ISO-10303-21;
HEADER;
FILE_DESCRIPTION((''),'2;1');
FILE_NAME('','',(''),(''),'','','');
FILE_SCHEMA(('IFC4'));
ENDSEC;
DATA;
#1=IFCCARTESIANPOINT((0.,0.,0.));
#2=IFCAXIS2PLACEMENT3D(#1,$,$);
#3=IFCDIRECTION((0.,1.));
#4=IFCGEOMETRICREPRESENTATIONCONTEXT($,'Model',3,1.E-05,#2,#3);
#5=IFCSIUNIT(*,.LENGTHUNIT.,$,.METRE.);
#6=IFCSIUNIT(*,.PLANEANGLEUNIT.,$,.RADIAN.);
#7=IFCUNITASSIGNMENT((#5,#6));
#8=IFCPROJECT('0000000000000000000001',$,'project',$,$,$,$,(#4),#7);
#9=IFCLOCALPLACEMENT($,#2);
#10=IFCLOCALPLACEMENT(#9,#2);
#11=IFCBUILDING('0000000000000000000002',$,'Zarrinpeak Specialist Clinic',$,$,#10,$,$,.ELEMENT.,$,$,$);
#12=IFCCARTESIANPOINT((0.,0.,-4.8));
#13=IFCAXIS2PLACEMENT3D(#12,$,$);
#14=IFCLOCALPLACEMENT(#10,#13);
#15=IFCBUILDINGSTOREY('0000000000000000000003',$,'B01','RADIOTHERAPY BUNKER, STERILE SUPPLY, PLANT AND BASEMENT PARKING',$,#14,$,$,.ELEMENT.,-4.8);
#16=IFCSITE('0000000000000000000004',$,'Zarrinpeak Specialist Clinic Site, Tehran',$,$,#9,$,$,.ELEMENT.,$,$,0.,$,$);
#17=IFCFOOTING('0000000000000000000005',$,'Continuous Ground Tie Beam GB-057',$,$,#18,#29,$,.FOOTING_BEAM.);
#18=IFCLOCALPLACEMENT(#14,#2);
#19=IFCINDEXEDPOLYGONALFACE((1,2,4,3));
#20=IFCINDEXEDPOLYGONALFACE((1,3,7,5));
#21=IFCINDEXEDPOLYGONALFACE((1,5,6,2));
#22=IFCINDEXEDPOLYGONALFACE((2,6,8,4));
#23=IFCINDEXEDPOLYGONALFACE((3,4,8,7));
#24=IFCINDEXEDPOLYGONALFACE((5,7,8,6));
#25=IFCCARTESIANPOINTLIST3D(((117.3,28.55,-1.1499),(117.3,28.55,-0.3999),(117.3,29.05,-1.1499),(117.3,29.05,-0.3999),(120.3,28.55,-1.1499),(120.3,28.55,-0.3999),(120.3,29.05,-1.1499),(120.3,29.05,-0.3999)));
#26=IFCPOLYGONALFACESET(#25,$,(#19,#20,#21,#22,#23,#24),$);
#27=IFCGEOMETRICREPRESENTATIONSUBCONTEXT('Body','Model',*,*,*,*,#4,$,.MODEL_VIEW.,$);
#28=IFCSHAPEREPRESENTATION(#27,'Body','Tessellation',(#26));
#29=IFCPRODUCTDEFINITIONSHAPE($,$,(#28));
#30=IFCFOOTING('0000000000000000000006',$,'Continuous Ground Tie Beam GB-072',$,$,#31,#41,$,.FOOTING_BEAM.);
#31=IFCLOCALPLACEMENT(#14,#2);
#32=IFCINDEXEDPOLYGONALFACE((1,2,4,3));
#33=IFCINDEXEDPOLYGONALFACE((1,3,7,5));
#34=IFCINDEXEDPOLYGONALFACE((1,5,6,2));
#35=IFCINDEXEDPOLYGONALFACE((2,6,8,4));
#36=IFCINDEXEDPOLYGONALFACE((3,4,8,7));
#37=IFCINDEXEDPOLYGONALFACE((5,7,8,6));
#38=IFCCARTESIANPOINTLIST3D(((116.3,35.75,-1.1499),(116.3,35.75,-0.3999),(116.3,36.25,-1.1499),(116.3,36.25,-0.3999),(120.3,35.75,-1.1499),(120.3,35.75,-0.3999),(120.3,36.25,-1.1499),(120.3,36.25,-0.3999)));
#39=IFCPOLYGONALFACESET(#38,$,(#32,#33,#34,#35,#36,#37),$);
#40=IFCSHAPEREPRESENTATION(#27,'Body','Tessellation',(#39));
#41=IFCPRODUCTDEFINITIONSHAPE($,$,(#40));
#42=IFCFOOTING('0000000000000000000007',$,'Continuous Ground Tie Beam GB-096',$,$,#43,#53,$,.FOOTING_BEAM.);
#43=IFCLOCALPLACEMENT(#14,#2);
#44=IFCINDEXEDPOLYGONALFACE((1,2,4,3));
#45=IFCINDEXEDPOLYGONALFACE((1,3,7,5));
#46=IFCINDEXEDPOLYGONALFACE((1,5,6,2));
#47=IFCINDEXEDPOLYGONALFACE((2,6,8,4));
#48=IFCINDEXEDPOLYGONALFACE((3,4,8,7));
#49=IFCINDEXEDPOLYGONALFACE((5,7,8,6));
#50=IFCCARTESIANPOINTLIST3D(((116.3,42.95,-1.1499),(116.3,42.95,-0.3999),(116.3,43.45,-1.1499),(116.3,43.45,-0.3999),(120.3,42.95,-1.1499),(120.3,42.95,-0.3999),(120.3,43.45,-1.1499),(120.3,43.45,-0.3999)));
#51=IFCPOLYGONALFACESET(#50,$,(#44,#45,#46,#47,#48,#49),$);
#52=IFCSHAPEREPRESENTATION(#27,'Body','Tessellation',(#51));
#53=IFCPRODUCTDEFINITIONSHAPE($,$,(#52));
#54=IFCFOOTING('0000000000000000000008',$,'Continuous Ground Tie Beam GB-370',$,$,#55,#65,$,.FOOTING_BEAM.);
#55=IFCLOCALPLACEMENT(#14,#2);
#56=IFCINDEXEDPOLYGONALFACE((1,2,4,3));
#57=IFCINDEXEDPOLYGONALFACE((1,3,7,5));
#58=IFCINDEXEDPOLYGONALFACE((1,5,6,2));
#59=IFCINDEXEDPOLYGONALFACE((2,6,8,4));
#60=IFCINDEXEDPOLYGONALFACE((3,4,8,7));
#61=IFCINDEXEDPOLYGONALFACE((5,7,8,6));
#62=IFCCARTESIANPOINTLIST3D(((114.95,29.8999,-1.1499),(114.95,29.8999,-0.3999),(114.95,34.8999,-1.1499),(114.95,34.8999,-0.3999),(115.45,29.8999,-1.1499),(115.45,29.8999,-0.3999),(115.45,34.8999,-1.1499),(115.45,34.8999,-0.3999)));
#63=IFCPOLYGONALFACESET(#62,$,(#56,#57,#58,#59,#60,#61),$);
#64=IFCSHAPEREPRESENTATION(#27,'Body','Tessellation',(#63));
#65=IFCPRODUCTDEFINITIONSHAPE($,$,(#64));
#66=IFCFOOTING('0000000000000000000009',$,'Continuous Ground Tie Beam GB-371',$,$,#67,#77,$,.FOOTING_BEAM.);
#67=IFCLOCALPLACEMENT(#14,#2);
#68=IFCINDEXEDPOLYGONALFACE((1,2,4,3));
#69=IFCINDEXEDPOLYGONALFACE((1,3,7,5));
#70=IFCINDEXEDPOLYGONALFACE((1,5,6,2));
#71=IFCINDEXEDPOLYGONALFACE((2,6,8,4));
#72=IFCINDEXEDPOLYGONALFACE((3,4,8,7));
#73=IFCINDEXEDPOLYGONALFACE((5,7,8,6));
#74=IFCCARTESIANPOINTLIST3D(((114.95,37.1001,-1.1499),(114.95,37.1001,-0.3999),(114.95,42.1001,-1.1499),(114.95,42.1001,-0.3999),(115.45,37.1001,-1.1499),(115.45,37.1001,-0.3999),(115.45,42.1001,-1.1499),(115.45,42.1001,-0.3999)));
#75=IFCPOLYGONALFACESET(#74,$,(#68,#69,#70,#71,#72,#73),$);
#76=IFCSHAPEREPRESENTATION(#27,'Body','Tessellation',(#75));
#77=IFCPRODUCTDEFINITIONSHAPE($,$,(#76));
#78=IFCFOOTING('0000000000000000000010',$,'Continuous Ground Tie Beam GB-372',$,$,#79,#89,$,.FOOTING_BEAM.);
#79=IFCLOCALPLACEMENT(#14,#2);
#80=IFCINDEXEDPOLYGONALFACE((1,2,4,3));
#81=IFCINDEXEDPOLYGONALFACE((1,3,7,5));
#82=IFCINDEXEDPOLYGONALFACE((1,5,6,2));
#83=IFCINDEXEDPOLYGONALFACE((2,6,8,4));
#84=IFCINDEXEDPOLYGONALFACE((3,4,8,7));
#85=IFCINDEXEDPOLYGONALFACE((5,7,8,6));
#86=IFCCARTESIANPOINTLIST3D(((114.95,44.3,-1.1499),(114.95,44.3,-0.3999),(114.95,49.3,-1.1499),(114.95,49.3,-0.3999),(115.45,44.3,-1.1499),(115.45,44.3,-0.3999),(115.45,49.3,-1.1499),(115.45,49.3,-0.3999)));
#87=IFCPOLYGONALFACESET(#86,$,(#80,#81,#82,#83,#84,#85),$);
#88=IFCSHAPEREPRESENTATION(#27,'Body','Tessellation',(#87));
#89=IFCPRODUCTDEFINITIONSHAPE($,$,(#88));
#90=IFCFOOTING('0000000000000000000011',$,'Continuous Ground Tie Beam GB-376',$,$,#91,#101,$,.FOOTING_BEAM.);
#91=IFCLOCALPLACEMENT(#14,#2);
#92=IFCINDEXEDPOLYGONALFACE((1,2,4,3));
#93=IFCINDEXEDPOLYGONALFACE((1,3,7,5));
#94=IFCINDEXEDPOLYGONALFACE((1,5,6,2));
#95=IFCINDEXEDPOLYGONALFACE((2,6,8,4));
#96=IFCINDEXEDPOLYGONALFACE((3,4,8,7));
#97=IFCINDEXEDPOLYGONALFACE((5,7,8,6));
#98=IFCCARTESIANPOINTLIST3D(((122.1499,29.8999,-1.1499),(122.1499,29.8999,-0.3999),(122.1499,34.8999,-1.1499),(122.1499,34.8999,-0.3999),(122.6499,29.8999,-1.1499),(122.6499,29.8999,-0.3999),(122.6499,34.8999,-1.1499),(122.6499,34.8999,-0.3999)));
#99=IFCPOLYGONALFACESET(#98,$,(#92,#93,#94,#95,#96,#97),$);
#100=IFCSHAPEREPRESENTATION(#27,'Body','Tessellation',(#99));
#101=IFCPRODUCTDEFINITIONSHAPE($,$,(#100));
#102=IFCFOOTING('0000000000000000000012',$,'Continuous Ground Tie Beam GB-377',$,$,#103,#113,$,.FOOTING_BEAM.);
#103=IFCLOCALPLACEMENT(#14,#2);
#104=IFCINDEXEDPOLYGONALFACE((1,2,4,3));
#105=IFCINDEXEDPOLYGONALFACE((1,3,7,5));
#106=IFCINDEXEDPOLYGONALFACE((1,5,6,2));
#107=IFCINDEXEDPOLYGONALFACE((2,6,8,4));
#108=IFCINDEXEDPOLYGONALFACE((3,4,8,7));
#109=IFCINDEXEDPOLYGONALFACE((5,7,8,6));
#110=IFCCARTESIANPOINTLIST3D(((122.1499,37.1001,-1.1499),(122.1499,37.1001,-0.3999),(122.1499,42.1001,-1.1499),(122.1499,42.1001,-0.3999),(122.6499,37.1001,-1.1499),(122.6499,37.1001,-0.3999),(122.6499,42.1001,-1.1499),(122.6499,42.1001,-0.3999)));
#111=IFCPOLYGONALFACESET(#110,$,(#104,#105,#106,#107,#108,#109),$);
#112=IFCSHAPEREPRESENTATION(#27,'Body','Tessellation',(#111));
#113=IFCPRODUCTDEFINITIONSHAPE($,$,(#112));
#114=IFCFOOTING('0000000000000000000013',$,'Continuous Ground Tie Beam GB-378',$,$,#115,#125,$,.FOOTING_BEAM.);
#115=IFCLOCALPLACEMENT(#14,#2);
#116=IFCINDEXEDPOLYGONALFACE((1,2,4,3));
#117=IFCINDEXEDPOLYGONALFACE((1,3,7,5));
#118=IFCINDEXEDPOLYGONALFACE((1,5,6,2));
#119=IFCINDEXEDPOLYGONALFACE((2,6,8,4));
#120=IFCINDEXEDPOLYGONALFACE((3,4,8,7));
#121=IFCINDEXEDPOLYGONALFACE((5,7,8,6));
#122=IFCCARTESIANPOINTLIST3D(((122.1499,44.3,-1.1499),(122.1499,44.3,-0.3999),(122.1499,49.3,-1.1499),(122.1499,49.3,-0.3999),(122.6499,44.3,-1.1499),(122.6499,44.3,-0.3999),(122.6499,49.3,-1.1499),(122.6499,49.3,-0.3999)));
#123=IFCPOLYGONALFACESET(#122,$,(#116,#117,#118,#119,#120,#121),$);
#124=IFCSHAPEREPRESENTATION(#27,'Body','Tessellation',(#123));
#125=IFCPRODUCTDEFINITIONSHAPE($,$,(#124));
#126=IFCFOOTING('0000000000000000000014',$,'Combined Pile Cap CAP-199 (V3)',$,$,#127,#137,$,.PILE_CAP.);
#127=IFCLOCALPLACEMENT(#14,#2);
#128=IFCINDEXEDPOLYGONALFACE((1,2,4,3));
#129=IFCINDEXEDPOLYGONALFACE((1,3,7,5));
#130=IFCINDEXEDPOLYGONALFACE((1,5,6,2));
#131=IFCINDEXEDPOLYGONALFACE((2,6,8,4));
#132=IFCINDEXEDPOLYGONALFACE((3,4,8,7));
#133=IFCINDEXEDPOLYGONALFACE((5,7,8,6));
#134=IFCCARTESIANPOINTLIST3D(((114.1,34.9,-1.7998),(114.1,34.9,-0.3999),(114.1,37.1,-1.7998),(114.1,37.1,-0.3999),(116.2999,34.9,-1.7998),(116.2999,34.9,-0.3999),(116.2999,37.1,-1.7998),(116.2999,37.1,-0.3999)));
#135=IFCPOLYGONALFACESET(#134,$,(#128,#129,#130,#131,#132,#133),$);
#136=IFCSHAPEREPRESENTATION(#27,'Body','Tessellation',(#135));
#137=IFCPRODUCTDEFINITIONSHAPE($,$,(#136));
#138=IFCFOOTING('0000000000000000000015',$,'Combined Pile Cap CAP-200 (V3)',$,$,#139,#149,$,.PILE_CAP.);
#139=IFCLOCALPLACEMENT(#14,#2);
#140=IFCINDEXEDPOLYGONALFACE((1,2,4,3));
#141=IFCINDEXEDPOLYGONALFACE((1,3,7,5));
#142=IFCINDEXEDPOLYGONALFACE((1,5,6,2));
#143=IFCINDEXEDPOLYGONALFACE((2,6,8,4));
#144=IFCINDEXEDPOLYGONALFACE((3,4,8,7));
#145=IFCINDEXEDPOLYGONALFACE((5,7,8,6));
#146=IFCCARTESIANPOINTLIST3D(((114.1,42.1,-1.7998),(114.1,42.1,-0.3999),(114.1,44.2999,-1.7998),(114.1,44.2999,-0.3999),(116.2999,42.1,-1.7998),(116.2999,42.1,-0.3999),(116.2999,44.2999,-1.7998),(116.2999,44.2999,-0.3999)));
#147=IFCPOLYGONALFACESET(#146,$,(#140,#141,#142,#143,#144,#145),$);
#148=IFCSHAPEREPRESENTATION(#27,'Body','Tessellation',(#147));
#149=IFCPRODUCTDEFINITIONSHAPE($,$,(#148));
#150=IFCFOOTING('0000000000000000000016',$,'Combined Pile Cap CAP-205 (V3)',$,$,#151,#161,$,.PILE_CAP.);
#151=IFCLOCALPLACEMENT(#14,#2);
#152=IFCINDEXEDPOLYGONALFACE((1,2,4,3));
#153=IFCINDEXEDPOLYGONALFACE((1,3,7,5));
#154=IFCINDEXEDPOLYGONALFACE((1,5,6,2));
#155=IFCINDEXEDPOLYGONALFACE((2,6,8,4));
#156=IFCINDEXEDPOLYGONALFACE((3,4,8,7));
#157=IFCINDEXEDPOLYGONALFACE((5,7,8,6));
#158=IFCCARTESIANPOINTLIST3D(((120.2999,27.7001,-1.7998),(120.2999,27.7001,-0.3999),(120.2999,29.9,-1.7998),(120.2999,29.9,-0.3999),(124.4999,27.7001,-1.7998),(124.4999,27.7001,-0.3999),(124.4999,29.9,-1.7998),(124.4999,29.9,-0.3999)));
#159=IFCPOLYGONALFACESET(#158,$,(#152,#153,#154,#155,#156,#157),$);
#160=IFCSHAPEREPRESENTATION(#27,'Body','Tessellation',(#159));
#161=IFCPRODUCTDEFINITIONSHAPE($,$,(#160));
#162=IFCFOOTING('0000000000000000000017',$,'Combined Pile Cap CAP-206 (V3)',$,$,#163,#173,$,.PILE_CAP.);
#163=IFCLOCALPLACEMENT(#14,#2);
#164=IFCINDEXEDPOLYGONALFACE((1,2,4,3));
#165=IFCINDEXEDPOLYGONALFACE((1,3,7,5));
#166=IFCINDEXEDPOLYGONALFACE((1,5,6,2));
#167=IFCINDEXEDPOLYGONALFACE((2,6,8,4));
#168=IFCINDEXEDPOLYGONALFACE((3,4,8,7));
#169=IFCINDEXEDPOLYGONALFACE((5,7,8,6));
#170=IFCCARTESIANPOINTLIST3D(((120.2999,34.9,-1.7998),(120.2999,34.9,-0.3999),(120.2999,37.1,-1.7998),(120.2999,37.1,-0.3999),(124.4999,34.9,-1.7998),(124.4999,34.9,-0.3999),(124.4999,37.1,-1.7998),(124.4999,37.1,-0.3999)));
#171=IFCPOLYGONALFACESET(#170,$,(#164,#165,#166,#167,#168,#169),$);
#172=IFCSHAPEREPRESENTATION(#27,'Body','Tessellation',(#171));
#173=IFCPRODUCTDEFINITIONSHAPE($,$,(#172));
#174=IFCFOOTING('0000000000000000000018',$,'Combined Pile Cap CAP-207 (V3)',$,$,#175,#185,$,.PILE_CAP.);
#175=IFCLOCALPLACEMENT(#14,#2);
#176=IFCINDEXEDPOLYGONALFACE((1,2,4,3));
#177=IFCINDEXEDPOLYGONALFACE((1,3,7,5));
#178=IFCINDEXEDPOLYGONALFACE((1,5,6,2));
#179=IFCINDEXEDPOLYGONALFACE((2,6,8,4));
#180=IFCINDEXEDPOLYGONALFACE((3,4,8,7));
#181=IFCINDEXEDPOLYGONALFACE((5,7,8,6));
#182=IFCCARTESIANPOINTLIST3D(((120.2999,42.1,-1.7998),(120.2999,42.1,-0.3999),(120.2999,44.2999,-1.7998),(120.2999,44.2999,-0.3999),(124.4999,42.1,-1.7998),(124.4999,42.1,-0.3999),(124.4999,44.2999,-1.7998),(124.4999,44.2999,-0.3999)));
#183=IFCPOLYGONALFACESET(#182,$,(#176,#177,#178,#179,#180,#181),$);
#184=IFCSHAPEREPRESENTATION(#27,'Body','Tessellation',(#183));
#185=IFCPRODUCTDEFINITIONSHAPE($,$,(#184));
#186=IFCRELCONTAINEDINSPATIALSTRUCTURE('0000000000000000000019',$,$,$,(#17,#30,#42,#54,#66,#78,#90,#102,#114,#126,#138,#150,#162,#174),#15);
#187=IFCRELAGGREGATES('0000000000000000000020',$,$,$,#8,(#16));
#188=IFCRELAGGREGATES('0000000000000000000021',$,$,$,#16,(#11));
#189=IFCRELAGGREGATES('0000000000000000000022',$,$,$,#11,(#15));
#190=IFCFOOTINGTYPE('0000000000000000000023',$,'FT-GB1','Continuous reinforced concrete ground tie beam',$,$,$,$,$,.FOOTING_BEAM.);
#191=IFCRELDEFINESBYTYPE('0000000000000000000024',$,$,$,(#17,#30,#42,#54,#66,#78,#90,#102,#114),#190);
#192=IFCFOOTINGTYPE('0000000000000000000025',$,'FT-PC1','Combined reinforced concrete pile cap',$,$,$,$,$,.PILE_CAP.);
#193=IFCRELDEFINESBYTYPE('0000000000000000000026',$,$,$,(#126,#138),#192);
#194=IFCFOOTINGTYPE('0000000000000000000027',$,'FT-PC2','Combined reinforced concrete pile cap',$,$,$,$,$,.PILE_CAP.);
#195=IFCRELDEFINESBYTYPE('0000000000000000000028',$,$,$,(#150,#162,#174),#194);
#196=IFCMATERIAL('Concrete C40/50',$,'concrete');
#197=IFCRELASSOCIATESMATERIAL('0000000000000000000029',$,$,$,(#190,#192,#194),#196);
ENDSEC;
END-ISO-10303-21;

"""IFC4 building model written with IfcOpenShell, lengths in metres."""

from ifc_helpers import new_model, si_unit, direction, frame, origin, origin_2d, place, context, subcontext, project, spatial, rectangle, extrude, material, material_profile, profile_set, type_object, element, save


model = new_model("IFC4")

# Units and contexts
model_context = context("Model", 3, precision=1e-05, world=origin(), true_north=direction((0.0, 1.0)))
body_context = subcontext(model_context, "Body", "Model", "MODEL_VIEW")
ifc_project = project(units=[si_unit("LENGTHUNIT", "METRE"), si_unit("PLANEANGLEUNIT", "RADIAN")], contexts=[model_context])

# Site, building, storey
site_placement = place(None, origin())
site = spatial("IfcSite", under=ifc_project, at=site_placement, Name="Zarrinpeak Specialist Clinic Site, Tehran", CompositionType="ELEMENT", RefElevation=0.0)
building_placement = place(site_placement, origin())
building = spatial("IfcBuilding", under=site, at=building_placement, Name="Zarrinpeak Specialist Clinic", CompositionType="ELEMENT")
storey_placement = place(building_placement, frame((0.0, 0.0, -4.8)))
storey = spatial("IfcBuildingStorey", under=building, at=storey_placement, Name="B01", Description="RADIOTHERAPY BUNKER, STERILE SUPPLY, PLANT AND BASEMENT PARKING", CompositionType="ELEMENT", Elevation=-4.8)

# Footings
ifc_material_1 = material(Name="Concrete C40/50", Category="concrete")
ifc_material_profile_1 = material_profile(ifc_material_1, rectangle(XDim=0.5, YDim=0.75, at=origin_2d()), Name="RC 500x750")
ifc_profile_set_1 = profile_set([ifc_material_profile_1], Name="Concrete C40/50")
footing_type_1 = type_object("IfcFootingType", Name="FT-GB1", Description="Continuous reinforced concrete ground tie beam", PredefinedType="FOOTING_BEAM", material=ifc_profile_set_1)
footing_placement = place(storey_placement, frame((117.3, 28.8, -0.7749), z_axis=(1.0, 0.0, 0.0), x_axis=(0.0, 1.0, 0.0)))
element("IfcFooting", 1, at=footing_placement, inside=storey, type_object=footing_type_1, Name="Continuous Ground Tie Beam GB-057", PredefinedType="FOOTING_BEAM", context=body_context, shape_type="SweptSolid", body=[
    extrude(rectangle(XDim=0.5, YDim=0.75, at=origin_2d()), origin(), (0.0, 0.0, 1.0), 3.0),
])
for number, where, z_axis, x_axis, name in (
    (2, (116.3, 36.0, -0.7749), (1.0, 0.0, 0.0), (0.0, 1.0, 0.0), "Continuous Ground Tie Beam GB-072"),
    (3, (116.3, 43.2, -0.7749), (1.0, 0.0, 0.0), (0.0, 1.0, 0.0), "Continuous Ground Tie Beam GB-096"),
):
    element("IfcFooting", number, at=place(storey_placement, frame(where, z_axis=z_axis, x_axis=x_axis)), inside=storey, type_object=footing_type_1, Name=name, PredefinedType="FOOTING_BEAM", context=body_context, shape_type="SweptSolid", body=[
        extrude(rectangle(XDim=0.5, YDim=0.75, at=origin_2d()), origin(), (0.0, 0.0, 1.0), 4.0),
    ])
for number, where, z_axis, x_axis, name in (
    (4, (115.2, 29.8999, -0.7749), (0.0, 1.0, 0.0), (-1.0, 0.0, 0.0), "Continuous Ground Tie Beam GB-370"),
    (5, (115.2, 37.1001, -0.7749), (0.0, 1.0, 0.0), (-1.0, 0.0, 0.0), "Continuous Ground Tie Beam GB-371"),
    (6, (115.2, 44.3, -0.7749), (0.0, 1.0, 0.0), (-1.0, 0.0, 0.0), "Continuous Ground Tie Beam GB-372"),
    (7, (122.3999, 29.8999, -0.7749), (0.0, 1.0, 0.0), (-1.0, 0.0, 0.0), "Continuous Ground Tie Beam GB-376"),
    (8, (122.3999, 37.1001, -0.7749), (0.0, 1.0, 0.0), (-1.0, 0.0, 0.0), "Continuous Ground Tie Beam GB-377"),
    (9, (122.3999, 44.3, -0.7749), (0.0, 1.0, 0.0), (-1.0, 0.0, 0.0), "Continuous Ground Tie Beam GB-378"),
):
    element("IfcFooting", number, at=place(storey_placement, frame(where, z_axis=z_axis, x_axis=x_axis)), inside=storey, type_object=footing_type_1, Name=name, PredefinedType="FOOTING_BEAM", context=body_context, shape_type="SweptSolid", body=[
        extrude(rectangle(XDim=0.5, YDim=0.75, at=origin_2d()), origin(), (0.0, 0.0, 1.0), 5.0),
    ])
footing_type_2 = type_object("IfcFootingType", Name="FT-PC1", Description="Combined reinforced concrete pile cap", PredefinedType="PILE_CAP", material=ifc_material_1)
for number, where, z_axis, x_axis, name in (
    (10, (115.2, 36.0, -1.7998), (0.0, 0.0, 1.0), (1.0, 0.0, 0.0), "Combined Pile Cap CAP-199 (V3)"),
    (11, (115.2, 43.2, -1.7998), (0.0, 0.0, 1.0), (1.0, 0.0, 0.0), "Combined Pile Cap CAP-200 (V3)"),
):
    element("IfcFooting", number, at=place(storey_placement, frame(where, z_axis=z_axis, x_axis=x_axis)), inside=storey, type_object=footing_type_2, Name=name, PredefinedType="PILE_CAP", context=body_context, shape_type="SweptSolid", body=[
        extrude(rectangle(XDim=2.2, YDim=2.2, at=origin_2d()), origin(), (0.0, 0.0, 1.0), 1.3999),
    ])
footing_type_3 = type_object("IfcFootingType", Name="FT-PC2", Description="Combined reinforced concrete pile cap", PredefinedType="PILE_CAP", material=ifc_material_1)
for number, where, z_axis, x_axis, name in (
    (12, (122.3999, 28.8, -1.7998), (0.0, 0.0, 1.0), (1.0, 0.0, 0.0), "Combined Pile Cap CAP-205 (V3)"),
    (13, (122.3999, 36.0, -1.7998), (0.0, 0.0, 1.0), (1.0, 0.0, 0.0), "Combined Pile Cap CAP-206 (V3)"),
    (14, (122.3999, 43.2, -1.7998), (0.0, 0.0, 1.0), (1.0, 0.0, 0.0), "Combined Pile Cap CAP-207 (V3)"),
):
    element("IfcFooting", number, at=place(storey_placement, frame(where, z_axis=z_axis, x_axis=x_axis)), inside=storey, type_object=footing_type_3, Name=name, PredefinedType="PILE_CAP", context=body_context, shape_type="SweptSolid", body=[
        extrude(rectangle(XDim=4.2, YDim=2.2, at=origin_2d()), origin(), (0.0, 0.0, 1.0), 1.3999),
    ])

save(model, "model.ifc")
